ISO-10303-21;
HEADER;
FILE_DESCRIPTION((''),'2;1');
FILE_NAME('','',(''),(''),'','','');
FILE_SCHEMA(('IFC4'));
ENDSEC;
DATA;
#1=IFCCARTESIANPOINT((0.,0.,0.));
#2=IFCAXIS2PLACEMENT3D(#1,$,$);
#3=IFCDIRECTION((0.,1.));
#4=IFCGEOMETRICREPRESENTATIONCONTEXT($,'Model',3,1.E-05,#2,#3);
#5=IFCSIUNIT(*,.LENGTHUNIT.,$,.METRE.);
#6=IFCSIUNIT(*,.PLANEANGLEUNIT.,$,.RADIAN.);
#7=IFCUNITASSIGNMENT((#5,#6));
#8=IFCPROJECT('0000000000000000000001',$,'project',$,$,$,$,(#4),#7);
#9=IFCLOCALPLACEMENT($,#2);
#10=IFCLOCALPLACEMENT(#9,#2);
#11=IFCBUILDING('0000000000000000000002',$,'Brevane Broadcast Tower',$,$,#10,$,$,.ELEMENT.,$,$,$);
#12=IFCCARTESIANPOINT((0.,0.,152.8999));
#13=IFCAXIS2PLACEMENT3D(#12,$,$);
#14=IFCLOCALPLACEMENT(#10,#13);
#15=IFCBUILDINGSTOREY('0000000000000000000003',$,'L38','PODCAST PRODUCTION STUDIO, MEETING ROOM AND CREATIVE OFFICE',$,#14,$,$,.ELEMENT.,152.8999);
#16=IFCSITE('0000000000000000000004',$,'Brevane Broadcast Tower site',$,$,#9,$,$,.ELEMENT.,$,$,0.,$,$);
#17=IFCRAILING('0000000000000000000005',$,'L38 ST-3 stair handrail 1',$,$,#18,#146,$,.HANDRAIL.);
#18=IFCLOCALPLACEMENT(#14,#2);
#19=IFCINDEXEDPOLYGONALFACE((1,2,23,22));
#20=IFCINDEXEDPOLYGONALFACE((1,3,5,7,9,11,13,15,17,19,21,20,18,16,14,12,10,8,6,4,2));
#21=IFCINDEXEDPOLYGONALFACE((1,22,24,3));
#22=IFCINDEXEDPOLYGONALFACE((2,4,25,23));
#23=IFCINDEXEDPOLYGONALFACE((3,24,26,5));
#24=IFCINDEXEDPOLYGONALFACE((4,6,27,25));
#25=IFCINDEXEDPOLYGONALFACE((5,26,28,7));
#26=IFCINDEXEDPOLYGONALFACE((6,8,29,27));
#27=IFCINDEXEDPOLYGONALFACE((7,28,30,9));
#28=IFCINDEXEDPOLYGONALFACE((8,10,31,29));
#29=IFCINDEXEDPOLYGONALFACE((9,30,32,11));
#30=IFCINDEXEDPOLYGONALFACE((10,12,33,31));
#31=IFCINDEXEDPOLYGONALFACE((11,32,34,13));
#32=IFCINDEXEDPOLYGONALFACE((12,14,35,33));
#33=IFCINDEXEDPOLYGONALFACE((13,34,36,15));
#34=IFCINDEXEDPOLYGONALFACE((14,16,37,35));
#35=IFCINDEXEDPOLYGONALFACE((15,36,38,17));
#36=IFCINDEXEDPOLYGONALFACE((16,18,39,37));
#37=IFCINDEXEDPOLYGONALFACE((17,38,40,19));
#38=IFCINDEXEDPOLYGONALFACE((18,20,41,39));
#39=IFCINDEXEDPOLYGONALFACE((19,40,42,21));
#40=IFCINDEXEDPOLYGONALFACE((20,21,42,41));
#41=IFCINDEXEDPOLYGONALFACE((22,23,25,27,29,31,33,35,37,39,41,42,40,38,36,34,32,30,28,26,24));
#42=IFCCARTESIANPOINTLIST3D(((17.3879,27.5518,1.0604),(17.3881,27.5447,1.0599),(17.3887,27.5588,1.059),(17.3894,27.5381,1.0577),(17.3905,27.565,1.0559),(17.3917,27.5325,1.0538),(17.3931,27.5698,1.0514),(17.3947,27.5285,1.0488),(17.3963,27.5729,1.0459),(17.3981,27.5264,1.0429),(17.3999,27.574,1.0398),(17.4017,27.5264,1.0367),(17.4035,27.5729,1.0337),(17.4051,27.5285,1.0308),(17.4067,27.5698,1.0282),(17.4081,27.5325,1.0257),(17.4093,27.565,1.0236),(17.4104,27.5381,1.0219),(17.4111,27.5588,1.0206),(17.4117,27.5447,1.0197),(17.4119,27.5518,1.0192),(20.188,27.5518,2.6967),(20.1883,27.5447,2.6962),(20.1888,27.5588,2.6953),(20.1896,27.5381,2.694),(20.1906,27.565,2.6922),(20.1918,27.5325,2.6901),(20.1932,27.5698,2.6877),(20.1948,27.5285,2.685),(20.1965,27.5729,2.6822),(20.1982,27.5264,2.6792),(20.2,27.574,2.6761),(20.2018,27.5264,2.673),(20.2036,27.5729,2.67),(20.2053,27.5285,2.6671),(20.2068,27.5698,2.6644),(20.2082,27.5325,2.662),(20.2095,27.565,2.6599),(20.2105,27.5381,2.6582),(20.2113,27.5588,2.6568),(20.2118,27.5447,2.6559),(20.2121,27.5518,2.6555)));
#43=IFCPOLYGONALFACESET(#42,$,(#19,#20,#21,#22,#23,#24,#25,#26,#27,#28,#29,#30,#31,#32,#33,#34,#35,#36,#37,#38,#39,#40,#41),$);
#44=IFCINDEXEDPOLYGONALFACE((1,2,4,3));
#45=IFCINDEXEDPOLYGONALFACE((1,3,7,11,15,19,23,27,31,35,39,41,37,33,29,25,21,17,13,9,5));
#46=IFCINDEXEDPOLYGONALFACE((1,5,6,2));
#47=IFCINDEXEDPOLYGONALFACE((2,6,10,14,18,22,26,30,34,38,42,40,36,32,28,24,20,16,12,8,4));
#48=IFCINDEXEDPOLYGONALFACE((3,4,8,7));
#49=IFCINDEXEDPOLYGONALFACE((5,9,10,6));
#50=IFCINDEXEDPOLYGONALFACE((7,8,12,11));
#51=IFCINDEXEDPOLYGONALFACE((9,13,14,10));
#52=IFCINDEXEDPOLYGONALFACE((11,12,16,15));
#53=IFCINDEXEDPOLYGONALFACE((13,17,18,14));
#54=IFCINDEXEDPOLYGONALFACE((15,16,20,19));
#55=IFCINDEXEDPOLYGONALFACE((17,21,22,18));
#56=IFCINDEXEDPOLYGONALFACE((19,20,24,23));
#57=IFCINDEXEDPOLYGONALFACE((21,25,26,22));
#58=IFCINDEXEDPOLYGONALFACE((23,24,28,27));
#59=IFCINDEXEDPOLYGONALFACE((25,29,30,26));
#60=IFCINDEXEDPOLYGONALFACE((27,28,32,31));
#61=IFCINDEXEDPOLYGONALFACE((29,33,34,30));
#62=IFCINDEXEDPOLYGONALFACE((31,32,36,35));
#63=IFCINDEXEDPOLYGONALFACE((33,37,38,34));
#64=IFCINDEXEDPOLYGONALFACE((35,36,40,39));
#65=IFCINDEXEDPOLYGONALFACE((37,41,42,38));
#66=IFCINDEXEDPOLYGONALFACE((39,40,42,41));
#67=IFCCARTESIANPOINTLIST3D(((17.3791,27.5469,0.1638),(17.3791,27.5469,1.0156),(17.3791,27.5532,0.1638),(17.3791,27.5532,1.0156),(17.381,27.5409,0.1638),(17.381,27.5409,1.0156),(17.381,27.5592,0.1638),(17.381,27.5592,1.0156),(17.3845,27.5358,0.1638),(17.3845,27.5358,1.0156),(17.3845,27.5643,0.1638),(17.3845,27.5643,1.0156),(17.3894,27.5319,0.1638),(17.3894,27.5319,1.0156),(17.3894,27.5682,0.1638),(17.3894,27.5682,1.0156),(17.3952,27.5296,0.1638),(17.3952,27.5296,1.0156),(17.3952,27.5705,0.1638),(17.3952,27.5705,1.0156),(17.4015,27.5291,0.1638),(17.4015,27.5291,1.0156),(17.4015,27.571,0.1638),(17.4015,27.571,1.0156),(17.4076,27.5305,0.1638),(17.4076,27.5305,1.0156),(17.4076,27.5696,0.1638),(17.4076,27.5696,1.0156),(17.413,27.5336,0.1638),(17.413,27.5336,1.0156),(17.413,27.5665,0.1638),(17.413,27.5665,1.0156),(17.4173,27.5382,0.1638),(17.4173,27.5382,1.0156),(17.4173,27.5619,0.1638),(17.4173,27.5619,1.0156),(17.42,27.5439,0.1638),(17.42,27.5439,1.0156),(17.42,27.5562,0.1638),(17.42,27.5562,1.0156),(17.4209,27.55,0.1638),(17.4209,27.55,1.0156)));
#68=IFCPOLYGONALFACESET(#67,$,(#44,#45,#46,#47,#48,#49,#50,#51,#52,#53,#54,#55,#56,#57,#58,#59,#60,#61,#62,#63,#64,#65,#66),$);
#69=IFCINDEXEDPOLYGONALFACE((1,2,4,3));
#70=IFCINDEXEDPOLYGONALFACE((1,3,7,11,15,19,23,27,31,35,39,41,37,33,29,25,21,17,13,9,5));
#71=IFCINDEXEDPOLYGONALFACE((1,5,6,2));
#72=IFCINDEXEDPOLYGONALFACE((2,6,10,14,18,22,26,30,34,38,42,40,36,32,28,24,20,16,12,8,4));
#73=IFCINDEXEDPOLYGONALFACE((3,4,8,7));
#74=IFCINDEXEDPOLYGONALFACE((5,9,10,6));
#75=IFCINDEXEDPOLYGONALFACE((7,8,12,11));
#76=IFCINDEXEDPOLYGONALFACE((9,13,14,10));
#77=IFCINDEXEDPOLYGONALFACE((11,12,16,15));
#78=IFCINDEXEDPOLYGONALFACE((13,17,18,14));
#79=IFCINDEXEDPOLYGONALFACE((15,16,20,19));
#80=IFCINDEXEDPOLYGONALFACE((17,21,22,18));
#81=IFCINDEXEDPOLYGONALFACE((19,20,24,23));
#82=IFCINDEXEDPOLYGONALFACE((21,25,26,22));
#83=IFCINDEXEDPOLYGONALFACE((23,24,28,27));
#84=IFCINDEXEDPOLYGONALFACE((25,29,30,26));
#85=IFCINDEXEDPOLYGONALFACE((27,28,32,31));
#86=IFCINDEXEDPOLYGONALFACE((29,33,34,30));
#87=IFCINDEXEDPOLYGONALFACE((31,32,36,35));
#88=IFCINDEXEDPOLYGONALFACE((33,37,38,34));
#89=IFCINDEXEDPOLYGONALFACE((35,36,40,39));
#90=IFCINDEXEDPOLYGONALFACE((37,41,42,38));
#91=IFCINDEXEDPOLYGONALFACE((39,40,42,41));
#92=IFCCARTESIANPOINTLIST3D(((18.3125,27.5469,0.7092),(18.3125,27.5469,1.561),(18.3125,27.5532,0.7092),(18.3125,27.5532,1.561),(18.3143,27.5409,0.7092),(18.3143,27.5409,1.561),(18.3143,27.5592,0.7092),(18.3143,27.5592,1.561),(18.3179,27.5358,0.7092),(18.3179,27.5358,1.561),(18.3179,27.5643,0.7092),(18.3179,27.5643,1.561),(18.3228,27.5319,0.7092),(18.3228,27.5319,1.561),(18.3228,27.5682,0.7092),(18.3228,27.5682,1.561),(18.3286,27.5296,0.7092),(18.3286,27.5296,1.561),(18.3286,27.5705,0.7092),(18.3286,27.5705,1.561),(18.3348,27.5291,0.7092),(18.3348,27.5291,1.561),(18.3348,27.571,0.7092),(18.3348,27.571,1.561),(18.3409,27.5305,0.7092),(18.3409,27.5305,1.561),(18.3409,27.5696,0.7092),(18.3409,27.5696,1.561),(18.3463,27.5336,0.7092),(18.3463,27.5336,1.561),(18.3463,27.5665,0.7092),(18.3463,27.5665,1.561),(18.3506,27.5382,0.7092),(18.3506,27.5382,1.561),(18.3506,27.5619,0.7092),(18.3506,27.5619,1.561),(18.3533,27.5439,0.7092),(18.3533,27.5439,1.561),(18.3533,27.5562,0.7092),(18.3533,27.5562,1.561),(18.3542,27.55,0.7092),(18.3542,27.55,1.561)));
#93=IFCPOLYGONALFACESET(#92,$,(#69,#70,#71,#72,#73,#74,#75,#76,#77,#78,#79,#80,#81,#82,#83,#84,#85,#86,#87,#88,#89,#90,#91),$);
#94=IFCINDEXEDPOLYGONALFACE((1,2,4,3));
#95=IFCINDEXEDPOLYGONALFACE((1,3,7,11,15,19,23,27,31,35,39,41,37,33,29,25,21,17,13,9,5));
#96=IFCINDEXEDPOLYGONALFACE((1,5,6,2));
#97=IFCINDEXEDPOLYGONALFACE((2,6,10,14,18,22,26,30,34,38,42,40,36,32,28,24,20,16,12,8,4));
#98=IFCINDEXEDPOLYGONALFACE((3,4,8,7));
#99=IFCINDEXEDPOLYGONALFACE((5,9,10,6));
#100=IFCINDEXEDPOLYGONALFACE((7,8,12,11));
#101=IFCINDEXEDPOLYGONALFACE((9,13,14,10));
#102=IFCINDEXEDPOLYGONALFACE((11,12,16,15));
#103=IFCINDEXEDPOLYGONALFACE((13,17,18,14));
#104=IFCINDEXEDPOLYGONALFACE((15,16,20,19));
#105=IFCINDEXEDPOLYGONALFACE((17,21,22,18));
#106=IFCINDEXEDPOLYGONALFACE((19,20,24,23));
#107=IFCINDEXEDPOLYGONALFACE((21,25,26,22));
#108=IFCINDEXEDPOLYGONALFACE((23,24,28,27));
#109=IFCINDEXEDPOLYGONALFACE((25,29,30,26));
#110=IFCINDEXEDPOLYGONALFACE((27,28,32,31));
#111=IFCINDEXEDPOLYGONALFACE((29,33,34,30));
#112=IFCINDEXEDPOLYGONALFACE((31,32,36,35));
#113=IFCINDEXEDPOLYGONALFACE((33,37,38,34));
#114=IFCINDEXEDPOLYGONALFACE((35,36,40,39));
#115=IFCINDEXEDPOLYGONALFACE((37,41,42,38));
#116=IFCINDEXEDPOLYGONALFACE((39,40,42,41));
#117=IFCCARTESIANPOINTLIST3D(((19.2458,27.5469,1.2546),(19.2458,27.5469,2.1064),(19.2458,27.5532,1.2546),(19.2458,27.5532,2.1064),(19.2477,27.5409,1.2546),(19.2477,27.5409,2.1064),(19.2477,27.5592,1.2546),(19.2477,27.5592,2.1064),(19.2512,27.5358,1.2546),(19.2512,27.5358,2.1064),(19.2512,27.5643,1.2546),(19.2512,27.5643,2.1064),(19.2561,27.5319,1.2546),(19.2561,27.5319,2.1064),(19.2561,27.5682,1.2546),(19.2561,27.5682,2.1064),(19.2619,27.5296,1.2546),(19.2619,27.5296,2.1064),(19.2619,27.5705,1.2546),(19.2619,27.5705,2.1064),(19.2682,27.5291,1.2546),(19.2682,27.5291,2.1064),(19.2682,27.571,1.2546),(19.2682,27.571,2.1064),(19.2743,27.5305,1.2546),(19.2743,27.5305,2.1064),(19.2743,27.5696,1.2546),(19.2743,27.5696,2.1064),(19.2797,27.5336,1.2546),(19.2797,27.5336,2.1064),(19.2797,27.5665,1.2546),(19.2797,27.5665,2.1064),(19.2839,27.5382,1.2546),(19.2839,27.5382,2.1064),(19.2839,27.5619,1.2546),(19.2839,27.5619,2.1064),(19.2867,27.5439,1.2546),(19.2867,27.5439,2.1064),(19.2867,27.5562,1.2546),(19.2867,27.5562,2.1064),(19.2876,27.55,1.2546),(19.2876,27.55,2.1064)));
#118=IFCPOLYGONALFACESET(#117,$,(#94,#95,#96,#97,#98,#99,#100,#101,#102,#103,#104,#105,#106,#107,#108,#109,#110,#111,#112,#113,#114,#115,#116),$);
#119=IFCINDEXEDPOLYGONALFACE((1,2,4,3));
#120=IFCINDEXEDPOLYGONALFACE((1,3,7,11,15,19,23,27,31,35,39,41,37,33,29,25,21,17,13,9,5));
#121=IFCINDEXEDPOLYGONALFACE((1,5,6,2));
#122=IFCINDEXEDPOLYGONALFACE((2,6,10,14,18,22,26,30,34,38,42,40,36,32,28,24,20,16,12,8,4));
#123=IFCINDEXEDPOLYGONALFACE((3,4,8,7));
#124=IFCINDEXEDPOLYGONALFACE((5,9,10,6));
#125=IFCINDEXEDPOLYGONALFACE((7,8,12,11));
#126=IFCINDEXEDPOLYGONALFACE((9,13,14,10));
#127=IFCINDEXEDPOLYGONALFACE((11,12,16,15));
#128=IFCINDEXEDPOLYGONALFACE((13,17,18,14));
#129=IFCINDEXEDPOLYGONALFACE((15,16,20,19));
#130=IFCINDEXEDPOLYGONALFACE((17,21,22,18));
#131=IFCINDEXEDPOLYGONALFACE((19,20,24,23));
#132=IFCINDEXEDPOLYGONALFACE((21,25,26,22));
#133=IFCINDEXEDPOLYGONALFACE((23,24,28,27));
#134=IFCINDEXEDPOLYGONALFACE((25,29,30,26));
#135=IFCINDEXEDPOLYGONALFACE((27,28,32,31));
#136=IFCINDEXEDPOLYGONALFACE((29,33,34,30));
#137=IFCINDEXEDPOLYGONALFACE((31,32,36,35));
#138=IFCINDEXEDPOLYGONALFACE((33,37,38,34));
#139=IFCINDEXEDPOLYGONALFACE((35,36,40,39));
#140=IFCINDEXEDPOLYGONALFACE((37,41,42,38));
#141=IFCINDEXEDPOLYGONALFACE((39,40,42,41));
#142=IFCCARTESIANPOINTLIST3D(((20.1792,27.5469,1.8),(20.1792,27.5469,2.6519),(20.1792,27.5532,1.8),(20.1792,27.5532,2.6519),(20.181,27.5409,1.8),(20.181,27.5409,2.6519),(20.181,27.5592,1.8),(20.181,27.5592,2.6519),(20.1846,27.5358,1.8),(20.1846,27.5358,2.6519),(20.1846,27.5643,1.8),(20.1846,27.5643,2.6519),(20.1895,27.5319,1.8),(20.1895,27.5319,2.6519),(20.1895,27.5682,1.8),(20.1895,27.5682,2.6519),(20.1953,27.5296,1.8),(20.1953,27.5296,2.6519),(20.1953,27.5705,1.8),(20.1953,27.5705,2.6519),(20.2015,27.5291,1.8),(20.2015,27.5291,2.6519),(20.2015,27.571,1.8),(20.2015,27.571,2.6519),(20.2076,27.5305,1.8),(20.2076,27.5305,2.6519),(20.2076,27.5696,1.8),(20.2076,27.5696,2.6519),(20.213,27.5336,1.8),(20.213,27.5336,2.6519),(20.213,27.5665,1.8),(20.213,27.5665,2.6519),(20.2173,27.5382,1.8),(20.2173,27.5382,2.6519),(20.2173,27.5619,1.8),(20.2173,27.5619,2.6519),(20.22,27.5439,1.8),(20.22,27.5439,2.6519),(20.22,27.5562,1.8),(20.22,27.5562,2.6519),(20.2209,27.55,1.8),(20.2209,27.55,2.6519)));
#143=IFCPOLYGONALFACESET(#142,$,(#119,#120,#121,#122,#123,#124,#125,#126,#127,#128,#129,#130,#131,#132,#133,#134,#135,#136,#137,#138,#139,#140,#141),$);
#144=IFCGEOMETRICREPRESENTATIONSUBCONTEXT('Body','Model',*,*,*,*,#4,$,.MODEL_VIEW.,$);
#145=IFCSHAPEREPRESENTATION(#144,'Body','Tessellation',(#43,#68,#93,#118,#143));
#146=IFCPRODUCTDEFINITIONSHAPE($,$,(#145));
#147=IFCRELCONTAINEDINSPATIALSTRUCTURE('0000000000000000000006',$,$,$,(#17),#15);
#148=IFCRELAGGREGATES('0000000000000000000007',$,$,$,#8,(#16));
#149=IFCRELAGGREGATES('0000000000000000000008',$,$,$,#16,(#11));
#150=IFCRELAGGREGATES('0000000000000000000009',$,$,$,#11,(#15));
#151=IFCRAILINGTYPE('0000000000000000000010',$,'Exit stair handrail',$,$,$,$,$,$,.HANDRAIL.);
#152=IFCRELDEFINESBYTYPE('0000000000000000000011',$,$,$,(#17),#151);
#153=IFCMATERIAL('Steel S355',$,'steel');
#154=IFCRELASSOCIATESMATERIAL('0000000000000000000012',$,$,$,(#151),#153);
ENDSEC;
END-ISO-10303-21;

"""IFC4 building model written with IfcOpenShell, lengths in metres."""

from ifc_helpers import new_model, si_unit, direction, frame, origin, origin_2d, place, context, subcontext, project, spatial, circle, extrude, material, type_object, element, save


model = new_model("IFC4")

# Units and contexts
model_context = context("Model", 3, precision=1e-05, world=origin(), true_north=direction((0.0, 1.0)))
body_context = subcontext(model_context, "Body", "Model", "MODEL_VIEW")
ifc_project = project(units=[si_unit("LENGTHUNIT", "METRE"), si_unit("PLANEANGLEUNIT", "RADIAN")], contexts=[model_context])

# Site, building, storey
site_placement = place(None, origin())
site = spatial("IfcSite", under=ifc_project, at=site_placement, Name="Brevane Broadcast Tower site", CompositionType="ELEMENT", RefElevation=0.0)
building_placement = place(site_placement, origin())
building = spatial("IfcBuilding", under=site, at=building_placement, Name="Brevane Broadcast Tower", CompositionType="ELEMENT")
storey_placement = place(building_placement, frame((0.0, 0.0, 152.8999)))
storey = spatial("IfcBuildingStorey", under=building, at=storey_placement, Name="L38", Description="PODCAST PRODUCTION STUDIO, MEETING ROOM AND CREATIVE OFFICE", CompositionType="ELEMENT", Elevation=152.8999)

# Railing
ifc_material_1 = material(Name="Steel S355", Category="steel")
railing_type_1 = type_object("IfcRailingType", Name="Exit stair handrail", PredefinedType="HANDRAIL", material=ifc_material_1)
railing_1_placement = place(storey_placement, frame((17.3999, 27.55, 0.1638)))
element("IfcRailing", 1, at=railing_1_placement, inside=storey, type_object=railing_type_1, Name="L38 ST-3 stair handrail 1", PredefinedType="HANDRAIL", context=body_context, shape_type="SweptSolid", body=[
    extrude(circle(Radius=0.0239, at=origin_2d()), frame((0.0, 0.0, 0.876), z_axis=(0.863394, 0.0, 0.504531), x_axis=(0.0, 1.0, 0.0)), (0.0, 0.0, 1.0), 3.2432),
    extrude(circle(Radius=0.021, at=origin_2d()), origin(), (0.0, 0.0, 1.0), 0.8518),
    extrude(circle(Radius=0.021, at=origin_2d()), frame((0.9333, 0.0, 0.5454)), (0.0, 0.0, 1.0), 0.8518),
    extrude(circle(Radius=0.021, at=origin_2d()), frame((1.8667, 0.0, 1.0908)), (0.0, 0.0, 1.0), 0.8518),
    extrude(circle(Radius=0.021, at=origin_2d()), frame((2.8, 0.0, 1.6362)), (0.0, 0.0, 1.0), 0.8518),
])

save(model, "model.ifc")
